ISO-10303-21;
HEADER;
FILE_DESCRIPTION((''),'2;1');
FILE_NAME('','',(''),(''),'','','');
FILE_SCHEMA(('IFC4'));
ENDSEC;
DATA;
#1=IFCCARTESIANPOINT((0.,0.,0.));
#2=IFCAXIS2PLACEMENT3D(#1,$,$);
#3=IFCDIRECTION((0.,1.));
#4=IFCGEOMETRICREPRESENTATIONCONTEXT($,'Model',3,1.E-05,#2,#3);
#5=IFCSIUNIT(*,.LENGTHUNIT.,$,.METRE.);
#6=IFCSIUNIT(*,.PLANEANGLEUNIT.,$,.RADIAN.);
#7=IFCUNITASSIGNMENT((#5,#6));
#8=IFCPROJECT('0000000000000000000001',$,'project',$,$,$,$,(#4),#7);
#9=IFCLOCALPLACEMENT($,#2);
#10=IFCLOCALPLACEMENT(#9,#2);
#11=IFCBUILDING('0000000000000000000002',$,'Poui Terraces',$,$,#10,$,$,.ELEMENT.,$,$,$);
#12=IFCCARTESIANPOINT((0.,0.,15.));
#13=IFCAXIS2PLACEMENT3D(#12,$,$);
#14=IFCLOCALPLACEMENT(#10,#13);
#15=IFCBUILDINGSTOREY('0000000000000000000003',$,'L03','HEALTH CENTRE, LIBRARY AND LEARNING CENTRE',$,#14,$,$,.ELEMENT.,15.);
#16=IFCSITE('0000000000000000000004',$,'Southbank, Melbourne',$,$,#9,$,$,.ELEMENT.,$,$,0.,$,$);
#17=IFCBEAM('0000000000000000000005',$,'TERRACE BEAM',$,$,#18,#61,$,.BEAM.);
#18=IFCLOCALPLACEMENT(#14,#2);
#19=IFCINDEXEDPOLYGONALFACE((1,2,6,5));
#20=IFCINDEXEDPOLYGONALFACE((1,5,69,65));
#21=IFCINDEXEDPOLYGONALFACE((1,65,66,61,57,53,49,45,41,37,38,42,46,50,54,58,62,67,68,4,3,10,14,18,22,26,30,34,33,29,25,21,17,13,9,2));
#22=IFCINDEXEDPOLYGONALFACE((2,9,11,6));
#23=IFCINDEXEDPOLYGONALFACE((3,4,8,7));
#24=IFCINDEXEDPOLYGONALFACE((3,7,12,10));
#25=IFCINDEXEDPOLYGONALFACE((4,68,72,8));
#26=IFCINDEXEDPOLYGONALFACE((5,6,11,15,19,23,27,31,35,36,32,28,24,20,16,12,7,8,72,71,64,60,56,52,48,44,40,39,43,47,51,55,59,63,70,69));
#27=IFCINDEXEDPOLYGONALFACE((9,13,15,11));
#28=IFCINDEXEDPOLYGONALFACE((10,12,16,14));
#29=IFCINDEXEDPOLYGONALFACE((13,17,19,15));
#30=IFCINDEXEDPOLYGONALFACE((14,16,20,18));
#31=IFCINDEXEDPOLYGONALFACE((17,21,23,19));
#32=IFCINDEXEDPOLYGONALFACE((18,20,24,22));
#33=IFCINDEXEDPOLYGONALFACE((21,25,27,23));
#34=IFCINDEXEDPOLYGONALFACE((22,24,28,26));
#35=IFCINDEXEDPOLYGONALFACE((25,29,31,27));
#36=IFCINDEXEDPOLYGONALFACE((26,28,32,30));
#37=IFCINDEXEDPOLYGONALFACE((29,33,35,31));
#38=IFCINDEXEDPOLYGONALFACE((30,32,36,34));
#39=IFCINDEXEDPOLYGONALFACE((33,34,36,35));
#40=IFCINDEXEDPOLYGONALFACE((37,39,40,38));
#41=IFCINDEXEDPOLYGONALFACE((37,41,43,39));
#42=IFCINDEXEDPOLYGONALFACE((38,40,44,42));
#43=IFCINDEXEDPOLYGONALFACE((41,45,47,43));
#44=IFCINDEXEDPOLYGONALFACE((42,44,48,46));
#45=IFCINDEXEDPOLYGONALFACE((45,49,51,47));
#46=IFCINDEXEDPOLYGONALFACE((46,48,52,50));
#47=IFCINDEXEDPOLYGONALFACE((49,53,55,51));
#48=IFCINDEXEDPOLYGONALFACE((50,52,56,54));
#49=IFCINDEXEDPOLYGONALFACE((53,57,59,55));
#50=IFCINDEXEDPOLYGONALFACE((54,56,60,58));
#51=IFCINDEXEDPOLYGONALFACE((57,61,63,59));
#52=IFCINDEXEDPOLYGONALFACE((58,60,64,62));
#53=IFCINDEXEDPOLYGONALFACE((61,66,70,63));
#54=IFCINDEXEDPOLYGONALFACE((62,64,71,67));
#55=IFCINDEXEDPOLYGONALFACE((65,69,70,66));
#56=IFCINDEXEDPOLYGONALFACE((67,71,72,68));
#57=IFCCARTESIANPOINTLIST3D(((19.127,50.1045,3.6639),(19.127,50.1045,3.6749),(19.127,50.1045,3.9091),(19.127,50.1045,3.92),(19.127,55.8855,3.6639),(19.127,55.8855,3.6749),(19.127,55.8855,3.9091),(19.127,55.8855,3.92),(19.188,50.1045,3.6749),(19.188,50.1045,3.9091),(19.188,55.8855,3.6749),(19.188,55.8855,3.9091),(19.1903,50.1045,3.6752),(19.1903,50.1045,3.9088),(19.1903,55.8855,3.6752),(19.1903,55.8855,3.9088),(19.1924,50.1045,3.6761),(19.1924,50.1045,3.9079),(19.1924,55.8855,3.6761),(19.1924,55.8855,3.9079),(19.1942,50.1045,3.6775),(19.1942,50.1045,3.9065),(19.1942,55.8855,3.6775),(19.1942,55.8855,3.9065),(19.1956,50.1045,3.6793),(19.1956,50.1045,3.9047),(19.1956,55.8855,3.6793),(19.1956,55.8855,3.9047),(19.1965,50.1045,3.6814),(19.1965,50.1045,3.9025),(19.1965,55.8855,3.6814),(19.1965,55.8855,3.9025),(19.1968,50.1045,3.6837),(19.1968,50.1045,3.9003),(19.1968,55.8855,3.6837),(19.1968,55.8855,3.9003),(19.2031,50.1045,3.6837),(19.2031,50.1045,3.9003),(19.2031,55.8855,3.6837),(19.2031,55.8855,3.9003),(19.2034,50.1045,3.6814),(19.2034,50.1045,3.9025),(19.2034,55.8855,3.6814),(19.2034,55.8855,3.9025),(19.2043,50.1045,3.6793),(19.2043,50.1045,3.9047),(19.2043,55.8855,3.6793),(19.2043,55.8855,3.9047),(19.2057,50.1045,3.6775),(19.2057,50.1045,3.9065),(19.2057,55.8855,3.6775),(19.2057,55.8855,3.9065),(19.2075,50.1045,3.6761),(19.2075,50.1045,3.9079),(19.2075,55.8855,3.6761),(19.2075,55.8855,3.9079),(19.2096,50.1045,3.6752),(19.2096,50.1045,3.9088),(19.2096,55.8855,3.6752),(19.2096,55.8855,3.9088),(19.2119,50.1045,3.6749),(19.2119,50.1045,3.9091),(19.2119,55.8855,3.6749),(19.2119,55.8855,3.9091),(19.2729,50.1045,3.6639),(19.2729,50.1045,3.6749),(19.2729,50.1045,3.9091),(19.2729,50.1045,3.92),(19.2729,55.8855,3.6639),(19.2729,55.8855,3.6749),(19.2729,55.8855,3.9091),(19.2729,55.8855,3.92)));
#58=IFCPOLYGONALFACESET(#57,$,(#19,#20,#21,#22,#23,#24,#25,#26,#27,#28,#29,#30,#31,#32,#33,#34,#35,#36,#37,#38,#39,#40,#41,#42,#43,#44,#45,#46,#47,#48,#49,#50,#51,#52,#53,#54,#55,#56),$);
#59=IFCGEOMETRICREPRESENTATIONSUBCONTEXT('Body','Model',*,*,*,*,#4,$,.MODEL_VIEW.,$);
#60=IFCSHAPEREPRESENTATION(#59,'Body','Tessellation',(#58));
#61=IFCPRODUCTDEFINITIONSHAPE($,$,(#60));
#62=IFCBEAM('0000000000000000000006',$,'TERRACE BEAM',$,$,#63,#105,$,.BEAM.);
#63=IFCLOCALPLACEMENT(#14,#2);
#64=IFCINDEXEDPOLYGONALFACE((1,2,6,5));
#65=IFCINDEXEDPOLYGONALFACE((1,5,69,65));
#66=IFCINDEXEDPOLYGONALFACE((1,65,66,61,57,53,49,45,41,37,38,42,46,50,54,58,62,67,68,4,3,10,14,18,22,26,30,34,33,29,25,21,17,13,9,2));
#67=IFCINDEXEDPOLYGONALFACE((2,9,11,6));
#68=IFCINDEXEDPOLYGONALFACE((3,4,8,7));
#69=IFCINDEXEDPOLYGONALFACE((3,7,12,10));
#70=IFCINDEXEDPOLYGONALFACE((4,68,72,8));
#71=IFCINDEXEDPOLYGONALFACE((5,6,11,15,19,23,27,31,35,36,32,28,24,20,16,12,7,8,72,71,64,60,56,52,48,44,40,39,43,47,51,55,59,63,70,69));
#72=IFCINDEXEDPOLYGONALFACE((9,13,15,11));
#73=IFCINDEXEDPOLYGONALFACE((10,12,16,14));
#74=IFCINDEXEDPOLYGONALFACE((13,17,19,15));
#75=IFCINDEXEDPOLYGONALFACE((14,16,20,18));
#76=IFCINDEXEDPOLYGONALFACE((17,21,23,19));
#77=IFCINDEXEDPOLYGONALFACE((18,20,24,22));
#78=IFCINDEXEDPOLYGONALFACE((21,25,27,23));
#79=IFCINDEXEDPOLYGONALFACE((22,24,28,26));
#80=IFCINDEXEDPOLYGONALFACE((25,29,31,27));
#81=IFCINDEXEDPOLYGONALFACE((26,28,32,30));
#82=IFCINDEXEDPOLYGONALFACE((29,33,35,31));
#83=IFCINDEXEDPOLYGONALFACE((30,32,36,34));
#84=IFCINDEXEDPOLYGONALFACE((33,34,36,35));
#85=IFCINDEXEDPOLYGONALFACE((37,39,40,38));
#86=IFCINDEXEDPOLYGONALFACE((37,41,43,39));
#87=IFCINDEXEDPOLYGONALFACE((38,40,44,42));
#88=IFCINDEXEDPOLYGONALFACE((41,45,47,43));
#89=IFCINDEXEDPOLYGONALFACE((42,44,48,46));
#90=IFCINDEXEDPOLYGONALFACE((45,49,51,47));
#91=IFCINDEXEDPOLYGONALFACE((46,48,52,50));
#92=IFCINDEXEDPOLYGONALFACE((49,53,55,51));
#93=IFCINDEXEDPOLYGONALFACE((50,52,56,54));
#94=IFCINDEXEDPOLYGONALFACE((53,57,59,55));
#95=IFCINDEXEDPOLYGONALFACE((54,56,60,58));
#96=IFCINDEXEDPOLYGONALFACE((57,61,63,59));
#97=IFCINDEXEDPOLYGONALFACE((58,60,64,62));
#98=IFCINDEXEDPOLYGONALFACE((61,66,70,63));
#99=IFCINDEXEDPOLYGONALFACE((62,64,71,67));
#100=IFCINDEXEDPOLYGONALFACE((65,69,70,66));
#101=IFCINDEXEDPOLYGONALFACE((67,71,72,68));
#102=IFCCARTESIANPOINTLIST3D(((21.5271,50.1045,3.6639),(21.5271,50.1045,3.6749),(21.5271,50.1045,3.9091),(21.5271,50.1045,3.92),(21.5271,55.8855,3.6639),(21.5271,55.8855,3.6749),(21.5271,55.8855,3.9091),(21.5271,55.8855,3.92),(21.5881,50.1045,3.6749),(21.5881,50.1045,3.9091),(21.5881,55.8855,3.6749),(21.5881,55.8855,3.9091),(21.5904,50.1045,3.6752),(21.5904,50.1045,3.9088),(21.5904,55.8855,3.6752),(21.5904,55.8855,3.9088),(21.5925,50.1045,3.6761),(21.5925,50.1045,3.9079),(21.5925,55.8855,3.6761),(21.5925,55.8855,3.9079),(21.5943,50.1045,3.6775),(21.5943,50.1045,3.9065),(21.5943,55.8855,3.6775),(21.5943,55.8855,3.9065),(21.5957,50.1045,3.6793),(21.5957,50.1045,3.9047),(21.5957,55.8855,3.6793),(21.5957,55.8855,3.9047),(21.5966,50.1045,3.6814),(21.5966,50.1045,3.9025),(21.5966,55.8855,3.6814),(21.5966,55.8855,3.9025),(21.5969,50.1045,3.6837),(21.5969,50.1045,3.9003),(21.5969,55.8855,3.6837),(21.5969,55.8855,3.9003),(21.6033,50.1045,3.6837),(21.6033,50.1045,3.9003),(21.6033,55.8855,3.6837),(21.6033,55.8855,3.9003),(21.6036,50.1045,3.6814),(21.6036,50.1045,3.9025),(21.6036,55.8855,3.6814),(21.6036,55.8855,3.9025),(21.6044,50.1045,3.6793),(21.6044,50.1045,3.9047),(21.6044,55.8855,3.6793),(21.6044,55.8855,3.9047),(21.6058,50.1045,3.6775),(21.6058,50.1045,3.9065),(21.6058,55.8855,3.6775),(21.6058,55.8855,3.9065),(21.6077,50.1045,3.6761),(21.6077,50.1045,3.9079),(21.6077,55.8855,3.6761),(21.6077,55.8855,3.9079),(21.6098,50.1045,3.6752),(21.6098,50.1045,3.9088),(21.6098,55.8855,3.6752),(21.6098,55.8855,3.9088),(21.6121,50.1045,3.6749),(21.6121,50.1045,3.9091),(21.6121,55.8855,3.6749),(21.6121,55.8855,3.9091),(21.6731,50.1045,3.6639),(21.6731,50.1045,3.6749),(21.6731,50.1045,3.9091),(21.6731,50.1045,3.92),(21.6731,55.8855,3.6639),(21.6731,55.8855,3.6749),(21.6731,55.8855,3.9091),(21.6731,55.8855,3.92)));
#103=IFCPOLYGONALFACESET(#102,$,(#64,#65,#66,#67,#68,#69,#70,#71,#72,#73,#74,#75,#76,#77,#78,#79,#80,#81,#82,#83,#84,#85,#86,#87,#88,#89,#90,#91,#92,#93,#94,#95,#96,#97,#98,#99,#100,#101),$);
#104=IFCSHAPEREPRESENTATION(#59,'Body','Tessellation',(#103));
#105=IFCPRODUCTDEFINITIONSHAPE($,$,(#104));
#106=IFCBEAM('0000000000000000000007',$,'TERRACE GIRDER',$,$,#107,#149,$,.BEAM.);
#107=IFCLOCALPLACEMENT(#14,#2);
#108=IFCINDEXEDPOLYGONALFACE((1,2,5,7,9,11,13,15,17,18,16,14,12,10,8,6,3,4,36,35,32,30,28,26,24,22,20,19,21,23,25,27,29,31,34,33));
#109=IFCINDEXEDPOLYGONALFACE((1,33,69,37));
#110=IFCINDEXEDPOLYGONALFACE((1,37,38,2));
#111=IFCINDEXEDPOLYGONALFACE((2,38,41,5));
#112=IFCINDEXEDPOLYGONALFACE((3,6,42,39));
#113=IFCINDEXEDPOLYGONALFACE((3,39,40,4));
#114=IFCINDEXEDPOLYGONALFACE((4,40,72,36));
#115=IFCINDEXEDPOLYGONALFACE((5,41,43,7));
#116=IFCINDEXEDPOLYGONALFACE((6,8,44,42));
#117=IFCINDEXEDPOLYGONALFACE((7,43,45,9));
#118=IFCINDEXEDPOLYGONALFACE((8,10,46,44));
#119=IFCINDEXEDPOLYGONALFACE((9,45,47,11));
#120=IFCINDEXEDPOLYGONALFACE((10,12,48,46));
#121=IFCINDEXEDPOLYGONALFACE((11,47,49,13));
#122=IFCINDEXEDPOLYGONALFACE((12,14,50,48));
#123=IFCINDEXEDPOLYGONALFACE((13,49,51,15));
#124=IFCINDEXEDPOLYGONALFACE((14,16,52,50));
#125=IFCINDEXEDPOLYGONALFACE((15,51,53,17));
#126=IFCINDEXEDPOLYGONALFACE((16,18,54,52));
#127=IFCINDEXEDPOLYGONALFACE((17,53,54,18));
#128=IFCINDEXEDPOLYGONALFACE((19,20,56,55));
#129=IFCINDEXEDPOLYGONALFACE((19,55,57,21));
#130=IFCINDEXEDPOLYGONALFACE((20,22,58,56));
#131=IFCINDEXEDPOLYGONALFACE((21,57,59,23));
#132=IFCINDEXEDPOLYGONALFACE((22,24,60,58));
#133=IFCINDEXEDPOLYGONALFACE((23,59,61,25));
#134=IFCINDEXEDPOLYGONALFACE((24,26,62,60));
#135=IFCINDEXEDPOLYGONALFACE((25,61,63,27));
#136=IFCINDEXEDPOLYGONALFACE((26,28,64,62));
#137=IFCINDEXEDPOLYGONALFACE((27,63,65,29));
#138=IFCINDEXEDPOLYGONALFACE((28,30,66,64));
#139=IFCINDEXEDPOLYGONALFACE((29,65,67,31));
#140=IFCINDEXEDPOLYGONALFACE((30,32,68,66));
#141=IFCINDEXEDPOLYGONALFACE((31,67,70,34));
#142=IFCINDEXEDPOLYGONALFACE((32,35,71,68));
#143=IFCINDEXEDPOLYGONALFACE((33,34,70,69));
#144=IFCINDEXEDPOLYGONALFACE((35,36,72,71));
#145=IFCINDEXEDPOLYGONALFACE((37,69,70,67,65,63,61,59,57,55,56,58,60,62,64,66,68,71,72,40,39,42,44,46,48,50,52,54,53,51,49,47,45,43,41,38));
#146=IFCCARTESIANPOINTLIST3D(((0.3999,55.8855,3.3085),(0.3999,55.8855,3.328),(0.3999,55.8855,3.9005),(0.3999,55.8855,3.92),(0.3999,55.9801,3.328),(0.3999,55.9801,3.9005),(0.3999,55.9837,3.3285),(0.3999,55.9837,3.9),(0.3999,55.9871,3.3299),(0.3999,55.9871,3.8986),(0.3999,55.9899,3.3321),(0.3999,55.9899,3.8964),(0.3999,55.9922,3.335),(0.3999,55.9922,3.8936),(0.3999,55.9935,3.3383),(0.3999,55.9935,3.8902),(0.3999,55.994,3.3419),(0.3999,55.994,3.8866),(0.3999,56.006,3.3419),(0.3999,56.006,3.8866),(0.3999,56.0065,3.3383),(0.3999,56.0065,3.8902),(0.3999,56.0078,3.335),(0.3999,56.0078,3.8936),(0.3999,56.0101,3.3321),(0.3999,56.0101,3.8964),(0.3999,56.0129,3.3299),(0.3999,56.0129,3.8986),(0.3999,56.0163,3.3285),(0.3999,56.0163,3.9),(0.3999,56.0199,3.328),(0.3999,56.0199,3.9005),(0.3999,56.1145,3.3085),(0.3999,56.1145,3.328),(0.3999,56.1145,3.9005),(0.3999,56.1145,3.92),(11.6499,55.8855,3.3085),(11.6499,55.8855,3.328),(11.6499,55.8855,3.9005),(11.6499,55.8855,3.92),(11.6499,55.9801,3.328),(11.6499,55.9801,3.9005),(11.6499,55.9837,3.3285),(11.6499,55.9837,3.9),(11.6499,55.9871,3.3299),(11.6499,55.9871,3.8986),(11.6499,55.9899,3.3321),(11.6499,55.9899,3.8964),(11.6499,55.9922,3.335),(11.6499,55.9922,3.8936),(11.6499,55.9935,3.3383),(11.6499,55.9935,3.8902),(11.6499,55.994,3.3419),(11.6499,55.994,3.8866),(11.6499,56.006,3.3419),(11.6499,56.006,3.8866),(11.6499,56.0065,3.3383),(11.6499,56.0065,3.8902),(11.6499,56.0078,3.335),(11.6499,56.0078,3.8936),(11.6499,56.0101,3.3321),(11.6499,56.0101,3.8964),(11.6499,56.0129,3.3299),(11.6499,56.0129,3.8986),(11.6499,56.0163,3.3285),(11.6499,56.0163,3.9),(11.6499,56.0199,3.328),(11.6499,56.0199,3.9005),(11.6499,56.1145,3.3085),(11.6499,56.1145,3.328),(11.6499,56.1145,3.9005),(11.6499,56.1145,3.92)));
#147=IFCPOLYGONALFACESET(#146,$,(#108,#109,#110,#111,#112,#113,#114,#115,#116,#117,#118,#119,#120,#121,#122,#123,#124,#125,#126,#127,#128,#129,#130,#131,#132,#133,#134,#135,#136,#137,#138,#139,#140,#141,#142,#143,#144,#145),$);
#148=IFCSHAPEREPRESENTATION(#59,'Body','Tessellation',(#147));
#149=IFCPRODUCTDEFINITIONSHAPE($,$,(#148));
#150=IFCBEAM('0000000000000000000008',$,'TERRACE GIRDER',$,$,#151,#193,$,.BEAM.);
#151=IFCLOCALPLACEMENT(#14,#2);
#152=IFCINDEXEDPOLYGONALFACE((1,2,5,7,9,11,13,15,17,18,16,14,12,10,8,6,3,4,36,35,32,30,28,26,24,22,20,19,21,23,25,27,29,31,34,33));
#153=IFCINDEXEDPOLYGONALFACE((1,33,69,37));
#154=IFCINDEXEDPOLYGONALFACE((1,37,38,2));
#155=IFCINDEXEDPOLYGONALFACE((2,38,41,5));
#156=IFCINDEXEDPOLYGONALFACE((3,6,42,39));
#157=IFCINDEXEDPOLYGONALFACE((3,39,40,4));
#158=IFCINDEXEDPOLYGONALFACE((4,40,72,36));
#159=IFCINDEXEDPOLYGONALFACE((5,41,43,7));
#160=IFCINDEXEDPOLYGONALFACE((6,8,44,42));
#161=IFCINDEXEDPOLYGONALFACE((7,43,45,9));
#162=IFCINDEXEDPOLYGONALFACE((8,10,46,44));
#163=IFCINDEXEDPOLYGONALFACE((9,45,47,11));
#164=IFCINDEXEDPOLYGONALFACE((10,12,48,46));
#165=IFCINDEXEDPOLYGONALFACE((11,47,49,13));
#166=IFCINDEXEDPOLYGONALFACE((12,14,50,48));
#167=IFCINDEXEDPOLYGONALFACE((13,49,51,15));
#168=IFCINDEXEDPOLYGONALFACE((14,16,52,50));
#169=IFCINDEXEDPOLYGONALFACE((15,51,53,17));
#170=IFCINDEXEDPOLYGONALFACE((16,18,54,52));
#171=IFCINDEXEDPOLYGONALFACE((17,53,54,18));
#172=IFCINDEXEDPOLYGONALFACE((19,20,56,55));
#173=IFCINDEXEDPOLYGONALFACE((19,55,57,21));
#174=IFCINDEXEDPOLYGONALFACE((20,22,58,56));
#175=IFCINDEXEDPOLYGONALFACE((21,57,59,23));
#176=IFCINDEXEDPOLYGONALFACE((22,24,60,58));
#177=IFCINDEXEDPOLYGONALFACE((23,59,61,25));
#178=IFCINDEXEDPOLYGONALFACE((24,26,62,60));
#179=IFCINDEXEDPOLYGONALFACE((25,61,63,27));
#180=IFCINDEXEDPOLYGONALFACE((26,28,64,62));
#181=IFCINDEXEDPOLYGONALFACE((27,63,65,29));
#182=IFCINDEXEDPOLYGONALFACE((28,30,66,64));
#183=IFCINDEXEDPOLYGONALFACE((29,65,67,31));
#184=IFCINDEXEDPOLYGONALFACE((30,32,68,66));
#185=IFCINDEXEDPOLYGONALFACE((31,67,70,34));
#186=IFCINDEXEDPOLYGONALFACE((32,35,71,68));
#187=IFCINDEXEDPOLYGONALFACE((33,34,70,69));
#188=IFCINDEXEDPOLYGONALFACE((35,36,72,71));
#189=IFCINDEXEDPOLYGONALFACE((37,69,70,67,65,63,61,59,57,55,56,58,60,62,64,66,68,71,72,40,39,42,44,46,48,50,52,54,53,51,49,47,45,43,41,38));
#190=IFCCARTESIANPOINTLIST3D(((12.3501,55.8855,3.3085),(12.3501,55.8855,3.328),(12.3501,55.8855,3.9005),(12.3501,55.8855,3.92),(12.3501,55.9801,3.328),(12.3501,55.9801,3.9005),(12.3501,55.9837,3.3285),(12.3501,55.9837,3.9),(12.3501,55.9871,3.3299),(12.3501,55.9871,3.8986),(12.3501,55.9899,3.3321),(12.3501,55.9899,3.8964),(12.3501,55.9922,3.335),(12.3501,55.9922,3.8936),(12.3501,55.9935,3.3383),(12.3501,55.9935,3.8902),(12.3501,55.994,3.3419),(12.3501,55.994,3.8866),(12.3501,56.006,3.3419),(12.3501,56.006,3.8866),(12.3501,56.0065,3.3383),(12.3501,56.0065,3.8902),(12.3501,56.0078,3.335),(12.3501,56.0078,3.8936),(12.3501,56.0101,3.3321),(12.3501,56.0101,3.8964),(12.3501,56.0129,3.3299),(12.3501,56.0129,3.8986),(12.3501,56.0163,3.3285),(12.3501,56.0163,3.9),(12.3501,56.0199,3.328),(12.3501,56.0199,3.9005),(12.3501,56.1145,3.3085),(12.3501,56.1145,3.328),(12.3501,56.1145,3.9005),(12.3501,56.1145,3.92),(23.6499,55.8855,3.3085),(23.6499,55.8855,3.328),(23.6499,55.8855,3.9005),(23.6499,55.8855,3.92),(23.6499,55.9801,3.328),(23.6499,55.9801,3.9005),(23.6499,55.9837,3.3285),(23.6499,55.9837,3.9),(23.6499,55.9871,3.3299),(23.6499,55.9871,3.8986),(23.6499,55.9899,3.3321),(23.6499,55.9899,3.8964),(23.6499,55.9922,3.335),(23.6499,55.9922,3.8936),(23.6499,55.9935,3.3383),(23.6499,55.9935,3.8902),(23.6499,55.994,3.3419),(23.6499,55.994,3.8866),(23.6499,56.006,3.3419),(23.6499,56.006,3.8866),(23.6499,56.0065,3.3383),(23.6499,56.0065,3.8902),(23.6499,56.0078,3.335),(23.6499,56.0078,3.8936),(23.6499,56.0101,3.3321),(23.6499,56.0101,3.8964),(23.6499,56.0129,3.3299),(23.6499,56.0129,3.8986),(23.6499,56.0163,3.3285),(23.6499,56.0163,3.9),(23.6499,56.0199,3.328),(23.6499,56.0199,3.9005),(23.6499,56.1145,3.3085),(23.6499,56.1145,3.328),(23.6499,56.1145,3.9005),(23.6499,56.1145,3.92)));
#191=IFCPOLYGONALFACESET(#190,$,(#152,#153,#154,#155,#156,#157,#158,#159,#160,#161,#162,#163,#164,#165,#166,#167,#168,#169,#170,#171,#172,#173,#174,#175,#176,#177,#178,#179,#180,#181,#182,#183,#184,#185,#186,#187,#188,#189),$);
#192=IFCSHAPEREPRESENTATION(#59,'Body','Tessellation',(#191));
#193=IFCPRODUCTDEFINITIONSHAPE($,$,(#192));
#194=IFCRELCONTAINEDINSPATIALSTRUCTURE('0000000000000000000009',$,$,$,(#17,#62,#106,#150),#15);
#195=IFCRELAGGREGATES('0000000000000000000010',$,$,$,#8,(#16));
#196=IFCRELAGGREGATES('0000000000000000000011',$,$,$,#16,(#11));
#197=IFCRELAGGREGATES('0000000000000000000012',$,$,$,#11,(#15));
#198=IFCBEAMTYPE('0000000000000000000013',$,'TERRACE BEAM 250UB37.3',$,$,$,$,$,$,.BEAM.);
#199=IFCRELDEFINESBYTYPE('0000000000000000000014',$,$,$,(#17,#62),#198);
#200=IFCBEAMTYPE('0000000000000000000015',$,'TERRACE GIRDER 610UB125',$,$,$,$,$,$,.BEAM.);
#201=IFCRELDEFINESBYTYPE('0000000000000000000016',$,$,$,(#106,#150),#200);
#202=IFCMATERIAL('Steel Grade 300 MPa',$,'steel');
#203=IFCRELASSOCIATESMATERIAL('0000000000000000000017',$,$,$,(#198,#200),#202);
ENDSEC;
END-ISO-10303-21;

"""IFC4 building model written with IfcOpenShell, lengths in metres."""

from ifc_helpers import new_model, si_unit, direction, frame, origin, origin_2d, place, context, subcontext, project, spatial, i_section, extrude, source, transform, mapped, material, material_profile, profile_set, type_object, element, save


model = new_model("IFC4")

# Units and contexts
model_context = context("Model", 3, precision=1e-05, world=origin(), true_north=direction((0.0, 1.0)))
body_context = subcontext(model_context, "Body", "Model", "MODEL_VIEW")
ifc_project = project(units=[si_unit("LENGTHUNIT", "METRE"), si_unit("PLANEANGLEUNIT", "RADIAN")], contexts=[model_context])

# Site, building, storey
site_placement = place(None, origin())
site = spatial("IfcSite", under=ifc_project, at=site_placement, Name="Southbank, Melbourne", CompositionType="ELEMENT", RefElevation=0.0)
building_placement = place(site_placement, origin())
building = spatial("IfcBuilding", under=site, at=building_placement, Name="Poui Terraces", CompositionType="ELEMENT")
storey_placement = place(building_placement, frame((0.0, 0.0, 15.0)))
storey = spatial("IfcBuildingStorey", under=building, at=storey_placement, Name="L03", Description="HEALTH CENTRE, LIBRARY AND LEARNING CENTRE", CompositionType="ELEMENT", Elevation=15.0)

# Beams
ifc_material_1 = material(Name="Steel Grade 300 MPa", Category="steel")
ifc_material_profile_1 = material_profile(ifc_material_1, i_section(OverallWidth=0.146, OverallDepth=0.2561, WebThickness=0.0063, FlangeThickness=0.011, FilletRadius=0.0088, at=origin_2d()), Name="250UB37.3")
ifc_profile_set_1 = profile_set([ifc_material_profile_1], Name="Steel Grade 300 MPa")
beam_type_1 = type_object("IfcBeamType", Name="TERRACE BEAM 250UB37.3", PredefinedType="BEAM", material=ifc_profile_set_1)
shared_shape_1 = source(origin(), body_context, "Body", "SweptSolid", [
    extrude(i_section(OverallWidth=0.146, OverallDepth=0.2561, WebThickness=0.0063, FlangeThickness=0.011, FilletRadius=0.0088, at=origin_2d()), origin(), (0.0, 0.0, 1.0), 5.781),
])
for number, where, z_axis, x_axis, name in (
    (1, (19.2, 50.1045, 3.792), (0.0, 1.0, 0.0), (-1.0, 0.0, 0.0), "TERRACE BEAM"),
    (2, (21.6001, 50.1045, 3.792), (0.0, 1.0, 0.0), (-1.0, 0.0, 0.0), "TERRACE BEAM"),
):
    element("IfcBeam", number, at=place(storey_placement, frame(where, z_axis=z_axis, x_axis=x_axis)), inside=storey, type_object=beam_type_1, Name=name, PredefinedType="BEAM", context=body_context, shape_type="MappedRepresentation", body=[
        mapped(shared_shape_1, transform((0.0, 0.0, 0.0))),
    ])
ifc_material_profile_2 = material_profile(ifc_material_1, i_section(OverallWidth=0.229, OverallDepth=0.6116, WebThickness=0.012, FlangeThickness=0.0195, FilletRadius=0.0139, at=origin_2d()), Name="610UB125")
ifc_profile_set_2 = profile_set([ifc_material_profile_2], Name="Steel Grade 300 MPa")
beam_type_2 = type_object("IfcBeamType", Name="TERRACE GIRDER 610UB125", PredefinedType="BEAM", material=ifc_profile_set_2)
shared_shape_2 = source(origin(), body_context, "Body", "SweptSolid", [
    extrude(i_section(OverallWidth=0.229, OverallDepth=0.6116, WebThickness=0.012, FlangeThickness=0.0195, FilletRadius=0.0139, at=origin_2d()), origin(), (0.0, 0.0, 1.0), 11.25),
])
beam_1_placement = place(storey_placement, frame((0.3999, 56.0, 3.6143), z_axis=(1.0, 0.0, 0.0), x_axis=(0.0, 1.0, 0.0)))
element("IfcBeam", 3, at=beam_1_placement, inside=storey, type_object=beam_type_2, Name="TERRACE GIRDER", PredefinedType="BEAM", context=body_context, shape_type="MappedRepresentation", body=[
    mapped(shared_shape_2, transform((0.0, 0.0, 0.0))),
])
shared_shape_3 = source(origin(), body_context, "Body", "SweptSolid", [
    extrude(i_section(OverallWidth=0.229, OverallDepth=0.6116, WebThickness=0.012, FlangeThickness=0.0195, FilletRadius=0.0139, at=origin_2d()), origin(), (0.0, 0.0, 1.0), 11.2998),
])
beam_2_placement = place(storey_placement, frame((12.3501, 56.0, 3.6143), z_axis=(1.0, 0.0, 0.0), x_axis=(0.0, 1.0, 0.0)))
element("IfcBeam", 4, at=beam_2_placement, inside=storey, type_object=beam_type_2, Name="TERRACE GIRDER", PredefinedType="BEAM", context=body_context, shape_type="MappedRepresentation", body=[
    mapped(shared_shape_3, transform((0.0, 0.0, 0.0))),
])

save(model, "model.ifc")
